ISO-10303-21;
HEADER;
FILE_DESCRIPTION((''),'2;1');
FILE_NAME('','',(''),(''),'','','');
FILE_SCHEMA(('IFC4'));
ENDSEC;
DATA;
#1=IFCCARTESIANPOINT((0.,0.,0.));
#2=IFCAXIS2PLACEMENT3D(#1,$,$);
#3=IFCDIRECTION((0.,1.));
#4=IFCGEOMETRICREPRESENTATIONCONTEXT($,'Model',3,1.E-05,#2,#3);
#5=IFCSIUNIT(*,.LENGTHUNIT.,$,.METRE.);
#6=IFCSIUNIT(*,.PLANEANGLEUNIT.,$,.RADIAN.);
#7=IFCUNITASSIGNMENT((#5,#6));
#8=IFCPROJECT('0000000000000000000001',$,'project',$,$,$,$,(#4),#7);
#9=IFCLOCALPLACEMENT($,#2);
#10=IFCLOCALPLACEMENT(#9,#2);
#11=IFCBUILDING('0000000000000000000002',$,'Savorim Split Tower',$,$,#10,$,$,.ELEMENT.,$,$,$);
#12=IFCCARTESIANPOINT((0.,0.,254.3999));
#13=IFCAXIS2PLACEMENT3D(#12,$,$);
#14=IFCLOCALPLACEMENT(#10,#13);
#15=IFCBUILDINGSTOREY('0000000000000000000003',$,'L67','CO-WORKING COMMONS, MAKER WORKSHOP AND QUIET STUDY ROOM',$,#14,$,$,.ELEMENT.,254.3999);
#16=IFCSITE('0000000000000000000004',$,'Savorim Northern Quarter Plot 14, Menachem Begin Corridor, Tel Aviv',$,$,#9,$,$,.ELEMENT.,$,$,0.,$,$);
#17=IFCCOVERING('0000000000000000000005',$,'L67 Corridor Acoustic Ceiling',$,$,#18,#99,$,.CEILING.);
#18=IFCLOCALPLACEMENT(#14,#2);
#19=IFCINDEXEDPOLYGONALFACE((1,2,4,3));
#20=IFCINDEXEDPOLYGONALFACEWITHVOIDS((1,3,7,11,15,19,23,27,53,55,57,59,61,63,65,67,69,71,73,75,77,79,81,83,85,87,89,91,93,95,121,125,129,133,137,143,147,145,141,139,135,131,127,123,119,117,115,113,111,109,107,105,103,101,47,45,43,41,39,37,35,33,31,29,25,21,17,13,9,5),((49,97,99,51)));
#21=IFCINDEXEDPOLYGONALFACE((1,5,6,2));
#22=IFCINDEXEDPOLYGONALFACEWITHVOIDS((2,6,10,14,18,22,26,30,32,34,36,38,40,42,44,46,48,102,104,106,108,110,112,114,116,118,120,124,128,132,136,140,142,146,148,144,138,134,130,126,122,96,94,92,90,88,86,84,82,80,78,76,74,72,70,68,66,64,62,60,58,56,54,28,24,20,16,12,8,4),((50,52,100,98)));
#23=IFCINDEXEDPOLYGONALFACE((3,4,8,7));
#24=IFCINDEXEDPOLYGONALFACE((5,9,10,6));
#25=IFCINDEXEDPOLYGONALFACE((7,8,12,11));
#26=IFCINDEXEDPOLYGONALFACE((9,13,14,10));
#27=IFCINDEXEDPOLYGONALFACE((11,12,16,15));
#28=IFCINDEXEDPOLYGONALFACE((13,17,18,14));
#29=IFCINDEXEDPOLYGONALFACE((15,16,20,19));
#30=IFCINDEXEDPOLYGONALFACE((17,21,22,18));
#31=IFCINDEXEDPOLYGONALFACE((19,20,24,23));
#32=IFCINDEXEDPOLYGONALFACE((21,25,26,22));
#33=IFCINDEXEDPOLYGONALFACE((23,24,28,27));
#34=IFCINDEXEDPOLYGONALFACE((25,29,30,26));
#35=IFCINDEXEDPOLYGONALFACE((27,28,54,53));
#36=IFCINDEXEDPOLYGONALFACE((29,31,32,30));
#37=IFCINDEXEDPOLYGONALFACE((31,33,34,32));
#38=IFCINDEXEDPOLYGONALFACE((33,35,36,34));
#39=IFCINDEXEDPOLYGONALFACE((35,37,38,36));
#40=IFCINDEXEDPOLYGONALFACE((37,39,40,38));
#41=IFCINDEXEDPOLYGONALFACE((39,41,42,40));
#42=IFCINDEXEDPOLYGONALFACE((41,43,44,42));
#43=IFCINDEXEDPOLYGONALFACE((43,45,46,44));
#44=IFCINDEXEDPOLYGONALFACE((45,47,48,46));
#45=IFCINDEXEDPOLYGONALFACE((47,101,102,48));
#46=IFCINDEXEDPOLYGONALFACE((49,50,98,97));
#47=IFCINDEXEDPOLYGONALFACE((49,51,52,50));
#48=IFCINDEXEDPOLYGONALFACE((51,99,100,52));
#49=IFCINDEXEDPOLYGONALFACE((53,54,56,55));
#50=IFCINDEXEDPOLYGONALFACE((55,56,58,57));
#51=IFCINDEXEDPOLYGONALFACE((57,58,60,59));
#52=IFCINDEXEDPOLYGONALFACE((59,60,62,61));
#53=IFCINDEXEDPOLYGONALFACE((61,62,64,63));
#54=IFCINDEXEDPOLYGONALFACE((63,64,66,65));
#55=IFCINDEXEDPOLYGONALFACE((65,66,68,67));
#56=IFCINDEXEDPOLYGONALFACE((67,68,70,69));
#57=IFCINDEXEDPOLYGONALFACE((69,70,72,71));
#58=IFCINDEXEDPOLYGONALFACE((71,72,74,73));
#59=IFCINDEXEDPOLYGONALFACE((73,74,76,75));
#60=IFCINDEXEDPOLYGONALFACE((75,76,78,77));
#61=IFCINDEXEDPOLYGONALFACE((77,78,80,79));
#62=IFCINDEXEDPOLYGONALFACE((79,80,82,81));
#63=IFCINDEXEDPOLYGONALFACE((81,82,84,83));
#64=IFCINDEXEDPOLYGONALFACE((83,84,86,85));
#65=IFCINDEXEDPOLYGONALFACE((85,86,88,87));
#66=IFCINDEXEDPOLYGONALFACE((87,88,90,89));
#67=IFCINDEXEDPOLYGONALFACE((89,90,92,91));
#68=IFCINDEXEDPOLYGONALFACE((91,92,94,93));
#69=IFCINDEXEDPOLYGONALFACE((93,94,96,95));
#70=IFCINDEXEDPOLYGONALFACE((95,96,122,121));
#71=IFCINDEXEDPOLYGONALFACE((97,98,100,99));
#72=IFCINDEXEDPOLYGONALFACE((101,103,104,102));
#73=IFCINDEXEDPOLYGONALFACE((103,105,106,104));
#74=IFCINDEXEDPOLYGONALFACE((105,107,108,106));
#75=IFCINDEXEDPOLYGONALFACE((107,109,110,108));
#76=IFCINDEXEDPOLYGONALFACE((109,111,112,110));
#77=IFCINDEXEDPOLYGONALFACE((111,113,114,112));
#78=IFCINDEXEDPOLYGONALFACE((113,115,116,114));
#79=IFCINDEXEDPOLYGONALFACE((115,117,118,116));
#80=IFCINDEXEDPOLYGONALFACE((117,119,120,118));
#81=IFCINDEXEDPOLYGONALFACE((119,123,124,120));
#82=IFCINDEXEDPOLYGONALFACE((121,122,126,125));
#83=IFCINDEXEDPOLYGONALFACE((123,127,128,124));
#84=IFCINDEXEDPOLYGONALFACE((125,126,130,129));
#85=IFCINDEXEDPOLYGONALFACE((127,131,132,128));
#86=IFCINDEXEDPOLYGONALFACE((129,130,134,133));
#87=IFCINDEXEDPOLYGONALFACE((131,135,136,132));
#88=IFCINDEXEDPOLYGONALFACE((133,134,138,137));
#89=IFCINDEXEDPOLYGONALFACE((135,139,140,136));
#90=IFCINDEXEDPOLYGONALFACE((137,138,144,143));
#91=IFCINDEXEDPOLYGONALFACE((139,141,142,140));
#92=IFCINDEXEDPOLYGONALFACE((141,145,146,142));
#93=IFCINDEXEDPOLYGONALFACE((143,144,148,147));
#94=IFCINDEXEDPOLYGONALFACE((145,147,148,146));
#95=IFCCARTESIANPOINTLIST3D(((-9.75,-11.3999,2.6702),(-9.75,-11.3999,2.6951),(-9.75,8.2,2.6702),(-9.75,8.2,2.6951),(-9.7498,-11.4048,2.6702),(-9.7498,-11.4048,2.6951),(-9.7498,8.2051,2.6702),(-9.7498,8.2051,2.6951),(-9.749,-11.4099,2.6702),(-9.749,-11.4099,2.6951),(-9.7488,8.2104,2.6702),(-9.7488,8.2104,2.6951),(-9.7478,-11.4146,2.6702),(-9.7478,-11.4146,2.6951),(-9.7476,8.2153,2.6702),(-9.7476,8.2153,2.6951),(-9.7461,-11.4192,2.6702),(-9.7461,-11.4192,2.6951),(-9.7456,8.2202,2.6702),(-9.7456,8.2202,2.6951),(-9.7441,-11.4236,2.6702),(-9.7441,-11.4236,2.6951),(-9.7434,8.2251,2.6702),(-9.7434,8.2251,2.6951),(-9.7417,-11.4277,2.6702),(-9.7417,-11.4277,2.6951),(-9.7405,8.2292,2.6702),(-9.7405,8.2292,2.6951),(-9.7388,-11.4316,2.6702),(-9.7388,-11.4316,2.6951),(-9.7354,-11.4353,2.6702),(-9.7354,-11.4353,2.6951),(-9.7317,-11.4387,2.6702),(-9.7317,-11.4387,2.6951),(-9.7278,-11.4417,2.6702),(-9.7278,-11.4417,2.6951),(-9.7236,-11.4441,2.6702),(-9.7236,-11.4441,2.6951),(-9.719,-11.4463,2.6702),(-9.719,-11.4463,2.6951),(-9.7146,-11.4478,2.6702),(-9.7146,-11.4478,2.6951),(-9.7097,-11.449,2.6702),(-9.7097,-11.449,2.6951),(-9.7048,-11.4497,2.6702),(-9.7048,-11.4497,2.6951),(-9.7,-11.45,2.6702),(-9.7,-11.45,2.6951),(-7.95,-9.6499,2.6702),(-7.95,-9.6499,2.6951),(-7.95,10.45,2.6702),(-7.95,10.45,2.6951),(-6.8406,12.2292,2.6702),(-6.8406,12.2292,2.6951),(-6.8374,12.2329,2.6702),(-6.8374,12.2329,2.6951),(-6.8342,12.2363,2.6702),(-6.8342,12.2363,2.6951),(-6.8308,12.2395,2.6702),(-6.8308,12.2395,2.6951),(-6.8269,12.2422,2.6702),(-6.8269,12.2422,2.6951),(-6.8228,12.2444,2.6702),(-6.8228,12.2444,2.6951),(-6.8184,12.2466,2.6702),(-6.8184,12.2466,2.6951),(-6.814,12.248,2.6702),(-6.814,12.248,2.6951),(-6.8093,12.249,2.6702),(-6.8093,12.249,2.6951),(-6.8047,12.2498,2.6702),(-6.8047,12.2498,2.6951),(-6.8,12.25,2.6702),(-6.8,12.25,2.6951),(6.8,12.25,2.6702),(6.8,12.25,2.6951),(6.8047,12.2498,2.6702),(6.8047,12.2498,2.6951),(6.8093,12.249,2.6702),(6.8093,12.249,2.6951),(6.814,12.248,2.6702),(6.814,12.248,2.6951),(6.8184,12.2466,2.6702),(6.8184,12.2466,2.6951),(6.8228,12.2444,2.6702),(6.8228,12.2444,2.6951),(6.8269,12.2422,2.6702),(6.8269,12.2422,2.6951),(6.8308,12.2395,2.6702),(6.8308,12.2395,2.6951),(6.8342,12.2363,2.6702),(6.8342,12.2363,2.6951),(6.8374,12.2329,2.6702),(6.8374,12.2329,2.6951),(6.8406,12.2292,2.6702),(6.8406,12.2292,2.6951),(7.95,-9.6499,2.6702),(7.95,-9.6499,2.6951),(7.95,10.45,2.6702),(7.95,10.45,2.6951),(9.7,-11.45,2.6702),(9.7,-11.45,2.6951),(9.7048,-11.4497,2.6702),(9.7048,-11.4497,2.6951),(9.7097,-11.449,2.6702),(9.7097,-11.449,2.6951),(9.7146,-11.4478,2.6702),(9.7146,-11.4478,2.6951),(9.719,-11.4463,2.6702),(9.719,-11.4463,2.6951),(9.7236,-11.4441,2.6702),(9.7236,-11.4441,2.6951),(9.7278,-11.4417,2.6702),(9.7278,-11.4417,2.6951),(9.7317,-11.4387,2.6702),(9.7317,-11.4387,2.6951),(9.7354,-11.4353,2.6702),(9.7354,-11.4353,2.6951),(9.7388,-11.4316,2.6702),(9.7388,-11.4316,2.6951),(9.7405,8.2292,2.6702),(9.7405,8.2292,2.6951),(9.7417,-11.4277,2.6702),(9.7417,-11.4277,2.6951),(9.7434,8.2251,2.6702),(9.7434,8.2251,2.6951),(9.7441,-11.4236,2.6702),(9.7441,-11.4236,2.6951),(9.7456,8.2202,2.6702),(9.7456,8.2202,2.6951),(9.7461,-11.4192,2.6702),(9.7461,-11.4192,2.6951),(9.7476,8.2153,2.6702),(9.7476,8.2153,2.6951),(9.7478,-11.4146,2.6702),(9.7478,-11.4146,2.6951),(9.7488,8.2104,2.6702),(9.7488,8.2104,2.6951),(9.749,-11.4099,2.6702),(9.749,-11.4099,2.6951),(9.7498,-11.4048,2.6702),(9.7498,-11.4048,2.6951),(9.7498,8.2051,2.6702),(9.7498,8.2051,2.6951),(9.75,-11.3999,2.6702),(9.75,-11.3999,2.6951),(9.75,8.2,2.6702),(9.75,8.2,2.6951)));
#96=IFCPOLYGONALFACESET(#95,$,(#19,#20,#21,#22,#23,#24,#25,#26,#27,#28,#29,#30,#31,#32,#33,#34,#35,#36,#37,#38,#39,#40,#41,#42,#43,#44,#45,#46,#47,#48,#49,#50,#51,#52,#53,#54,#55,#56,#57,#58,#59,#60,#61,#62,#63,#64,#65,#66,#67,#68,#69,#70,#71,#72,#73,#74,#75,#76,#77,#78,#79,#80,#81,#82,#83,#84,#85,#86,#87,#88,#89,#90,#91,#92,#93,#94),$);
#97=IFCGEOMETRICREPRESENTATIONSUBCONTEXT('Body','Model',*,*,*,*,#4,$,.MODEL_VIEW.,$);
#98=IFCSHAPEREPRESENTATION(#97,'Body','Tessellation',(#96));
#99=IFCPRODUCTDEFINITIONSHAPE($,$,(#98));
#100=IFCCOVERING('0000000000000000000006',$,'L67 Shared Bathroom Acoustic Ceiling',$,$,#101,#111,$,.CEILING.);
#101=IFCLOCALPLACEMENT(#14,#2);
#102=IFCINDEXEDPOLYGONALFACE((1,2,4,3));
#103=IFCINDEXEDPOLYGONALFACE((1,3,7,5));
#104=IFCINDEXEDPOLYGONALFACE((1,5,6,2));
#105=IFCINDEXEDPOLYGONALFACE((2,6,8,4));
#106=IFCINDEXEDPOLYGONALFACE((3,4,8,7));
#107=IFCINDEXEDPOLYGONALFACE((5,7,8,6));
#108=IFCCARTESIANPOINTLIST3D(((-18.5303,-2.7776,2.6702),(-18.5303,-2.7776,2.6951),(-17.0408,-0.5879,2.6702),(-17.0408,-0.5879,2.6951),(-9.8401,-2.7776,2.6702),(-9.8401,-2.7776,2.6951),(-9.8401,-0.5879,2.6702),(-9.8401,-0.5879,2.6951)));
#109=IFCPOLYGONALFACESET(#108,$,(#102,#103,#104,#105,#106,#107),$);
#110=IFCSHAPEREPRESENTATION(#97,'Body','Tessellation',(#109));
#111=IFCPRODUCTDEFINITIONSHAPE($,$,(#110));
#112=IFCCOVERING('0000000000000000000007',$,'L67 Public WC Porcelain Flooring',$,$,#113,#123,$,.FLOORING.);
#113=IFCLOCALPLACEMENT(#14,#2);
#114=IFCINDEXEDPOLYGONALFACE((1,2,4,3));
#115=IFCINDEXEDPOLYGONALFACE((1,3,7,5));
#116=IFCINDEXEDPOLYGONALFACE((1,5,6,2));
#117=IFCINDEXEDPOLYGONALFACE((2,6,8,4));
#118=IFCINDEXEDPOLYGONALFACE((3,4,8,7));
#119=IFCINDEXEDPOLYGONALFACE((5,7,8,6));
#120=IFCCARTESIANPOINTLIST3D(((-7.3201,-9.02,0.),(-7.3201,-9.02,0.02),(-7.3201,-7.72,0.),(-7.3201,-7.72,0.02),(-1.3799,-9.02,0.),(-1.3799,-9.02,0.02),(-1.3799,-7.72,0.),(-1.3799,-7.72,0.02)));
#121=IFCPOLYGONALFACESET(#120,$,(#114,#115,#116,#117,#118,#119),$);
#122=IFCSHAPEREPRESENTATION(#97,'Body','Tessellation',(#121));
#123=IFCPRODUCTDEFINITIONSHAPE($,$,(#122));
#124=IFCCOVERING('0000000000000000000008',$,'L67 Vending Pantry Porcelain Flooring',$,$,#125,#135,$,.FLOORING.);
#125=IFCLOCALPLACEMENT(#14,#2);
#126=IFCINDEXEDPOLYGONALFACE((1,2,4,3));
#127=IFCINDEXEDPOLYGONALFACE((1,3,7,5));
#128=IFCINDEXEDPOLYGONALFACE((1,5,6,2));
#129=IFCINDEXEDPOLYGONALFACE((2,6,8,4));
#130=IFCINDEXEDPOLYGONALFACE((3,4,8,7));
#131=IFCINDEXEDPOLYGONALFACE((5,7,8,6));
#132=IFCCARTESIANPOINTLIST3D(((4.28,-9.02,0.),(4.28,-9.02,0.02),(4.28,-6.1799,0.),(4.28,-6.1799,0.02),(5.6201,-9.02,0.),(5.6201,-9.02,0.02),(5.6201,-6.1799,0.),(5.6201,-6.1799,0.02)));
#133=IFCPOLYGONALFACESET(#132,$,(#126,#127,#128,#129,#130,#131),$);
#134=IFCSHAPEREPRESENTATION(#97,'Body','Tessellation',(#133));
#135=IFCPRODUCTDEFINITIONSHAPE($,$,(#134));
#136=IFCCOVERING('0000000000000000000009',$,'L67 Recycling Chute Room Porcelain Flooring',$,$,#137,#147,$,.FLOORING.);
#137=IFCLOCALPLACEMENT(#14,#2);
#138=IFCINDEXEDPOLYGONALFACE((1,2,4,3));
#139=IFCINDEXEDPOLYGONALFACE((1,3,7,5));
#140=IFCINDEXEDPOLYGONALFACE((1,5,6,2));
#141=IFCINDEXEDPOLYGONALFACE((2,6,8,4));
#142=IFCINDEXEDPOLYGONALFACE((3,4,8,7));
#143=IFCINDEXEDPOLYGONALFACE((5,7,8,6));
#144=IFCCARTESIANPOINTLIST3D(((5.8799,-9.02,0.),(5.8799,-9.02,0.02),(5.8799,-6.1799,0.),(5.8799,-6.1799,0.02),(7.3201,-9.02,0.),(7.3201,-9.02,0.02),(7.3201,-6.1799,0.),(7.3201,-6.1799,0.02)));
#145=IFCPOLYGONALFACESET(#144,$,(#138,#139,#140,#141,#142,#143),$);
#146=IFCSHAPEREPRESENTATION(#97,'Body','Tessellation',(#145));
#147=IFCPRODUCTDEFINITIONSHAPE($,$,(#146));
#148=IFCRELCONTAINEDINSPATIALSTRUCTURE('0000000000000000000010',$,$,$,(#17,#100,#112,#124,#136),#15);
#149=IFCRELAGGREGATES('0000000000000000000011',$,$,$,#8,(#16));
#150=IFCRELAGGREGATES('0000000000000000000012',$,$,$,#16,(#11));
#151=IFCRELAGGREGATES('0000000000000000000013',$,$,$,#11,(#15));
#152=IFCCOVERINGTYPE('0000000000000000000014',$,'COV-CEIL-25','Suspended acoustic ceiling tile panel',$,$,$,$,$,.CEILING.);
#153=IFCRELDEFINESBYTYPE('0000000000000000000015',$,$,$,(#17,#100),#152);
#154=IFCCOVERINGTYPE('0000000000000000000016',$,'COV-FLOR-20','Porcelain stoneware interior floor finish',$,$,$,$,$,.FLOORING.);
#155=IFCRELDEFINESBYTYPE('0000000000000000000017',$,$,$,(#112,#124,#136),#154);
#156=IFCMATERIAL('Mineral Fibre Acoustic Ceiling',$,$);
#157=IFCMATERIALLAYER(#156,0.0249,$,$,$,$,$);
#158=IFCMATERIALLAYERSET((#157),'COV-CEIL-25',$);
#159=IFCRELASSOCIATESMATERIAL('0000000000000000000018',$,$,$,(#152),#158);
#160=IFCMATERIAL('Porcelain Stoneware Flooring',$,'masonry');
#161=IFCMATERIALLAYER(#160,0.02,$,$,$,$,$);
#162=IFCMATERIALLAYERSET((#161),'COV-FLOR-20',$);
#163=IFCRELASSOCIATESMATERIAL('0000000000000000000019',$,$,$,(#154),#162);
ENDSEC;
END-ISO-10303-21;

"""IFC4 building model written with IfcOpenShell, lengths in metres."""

from ifc_helpers import new_model, si_unit, direction, frame, origin, place, context, subcontext, project, spatial, polyline, outline, extrude, material, layer, layer_set, type_object, element, save


model = new_model("IFC4")

# Units and contexts
model_context = context("Model", 3, precision=1e-05, world=origin(), true_north=direction((0.0, 1.0)))
body_context = subcontext(model_context, "Body", "Model", "MODEL_VIEW")
ifc_project = project(units=[si_unit("LENGTHUNIT", "METRE"), si_unit("PLANEANGLEUNIT", "RADIAN")], contexts=[model_context])

# Site, building, storey
site_placement = place(None, origin())
site = spatial("IfcSite", under=ifc_project, at=site_placement, Name="Savorim Northern Quarter Plot 14, Menachem Begin Corridor, Tel Aviv", CompositionType="ELEMENT", RefElevation=0.0)
building_placement = place(site_placement, origin())
building = spatial("IfcBuilding", under=site, at=building_placement, Name="Savorim Split Tower", CompositionType="ELEMENT")
storey_placement = place(building_placement, frame((0.0, 0.0, 254.3999)))
storey = spatial("IfcBuildingStorey", under=building, at=storey_placement, Name="L67", Description="CO-WORKING COMMONS, MAKER WORKSHOP AND QUIET STUDY ROOM", CompositionType="ELEMENT", Elevation=254.3999)

# Coverings
ifc_material_1 = material(Name="Mineral Fibre Acoustic Ceiling")
ifc_layer_1 = layer(ifc_material_1, 0.0249)
ifc_layer_set_1 = layer_set([ifc_layer_1], Name="COV-CEIL-25")
covering_type_1 = type_object("IfcCoveringType", Name="COV-CEIL-25", Description="Suspended acoustic ceiling tile panel", PredefinedType="CEILING", material=ifc_layer_set_1)
covering_1_placement = place(storey_placement, frame((0.0, 0.0, 2.6702)))
element("IfcCovering", 1, at=covering_1_placement, inside=storey, type_object=covering_type_1, Name="L67 Corridor Acoustic Ceiling", PredefinedType="CEILING", context=body_context, shape_type="SweptSolid", body=[
    extrude(outline(polyline([(6.8093, 12.249), (6.8047, 12.2498), (6.8, 12.25), (-6.8, 12.25), (-6.8047, 12.2498), (-6.8093, 12.249), (-6.814, 12.248), (-6.8184, 12.2466), (-6.8228, 12.2444), (-6.8269, 12.2422), (-6.8308, 12.2395), (-6.8342, 12.2363), (-6.8374, 12.2329), (-6.8406, 12.2292), (-9.7405, 8.2292), (-9.7434, 8.2251), (-9.7456, 8.2202), (-9.7476, 8.2153), (-9.7488, 8.2104), (-9.7498, 8.2051), (-9.75, 8.2), (-9.75, -11.3999), (-9.7498, -11.4048), (-9.749, -11.4099), (-9.7478, -11.4146), (-9.7461, -11.4192), (-9.7441, -11.4236), (-9.7417, -11.4277), (-9.7388, -11.4316), (-9.7354, -11.4353), (-9.7317, -11.4387), (-9.7278, -11.4417), (-9.7236, -11.4441), (-9.719, -11.4463), (-9.7146, -11.4478), (-9.7097, -11.449), (-9.7048, -11.4497), (-9.7, -11.45), (9.7, -11.45), (9.7048, -11.4497), (9.7097, -11.449), (9.7146, -11.4478), (9.719, -11.4463), (9.7236, -11.4441), (9.7278, -11.4417), (9.7317, -11.4387), (9.7354, -11.4353), (9.7388, -11.4316), (9.7417, -11.4277), (9.7441, -11.4236), (9.7461, -11.4192), (9.7478, -11.4146), (9.749, -11.4099), (9.7498, -11.4048), (9.75, -11.3999), (9.75, 8.2), (9.7498, 8.2051), (9.7488, 8.2104), (9.7476, 8.2153), (9.7456, 8.2202), (9.7434, 8.2251), (9.7405, 8.2292), (6.8406, 12.2292), (6.8374, 12.2329), (6.8342, 12.2363), (6.8308, 12.2395), (6.8269, 12.2422), (6.8228, 12.2444), (6.8184, 12.2466), (6.814, 12.248), (6.8093, 12.249)]), holes=[polyline([(-7.95, 10.45), (-7.95, -9.6499), (7.95, -9.6499), (7.95, 10.45), (-7.95, 10.45)])]), origin(), (0.0, 0.0, 1.0), 0.0249),
])
covering_2_placement = place(storey_placement, frame((0.0, 0.0, 2.6702)))
element("IfcCovering", 2, at=covering_2_placement, inside=storey, type_object=covering_type_1, Name="L67 Shared Bathroom Acoustic Ceiling", PredefinedType="CEILING", context=body_context, shape_type="SweptSolid", body=[
    extrude(outline(polyline([(-17.0408, -0.5879), (-18.5303, -2.7776), (-9.8401, -2.7776), (-9.8401, -0.5879), (-17.0408, -0.5879)])), origin(), (0.0, 0.0, 1.0), 0.0249),
])
ifc_material_2 = material(Name="Porcelain Stoneware Flooring", Category="masonry")
ifc_layer_2 = layer(ifc_material_2, 0.02)
ifc_layer_set_2 = layer_set([ifc_layer_2], Name="COV-FLOR-20")
covering_type_2 = type_object("IfcCoveringType", Name="COV-FLOR-20", Description="Porcelain stoneware interior floor finish", PredefinedType="FLOORING", material=ifc_layer_set_2)
covering_3_placement = place(storey_placement, origin())
element("IfcCovering", 3, at=covering_3_placement, inside=storey, type_object=covering_type_2, Name="L67 Public WC Porcelain Flooring", PredefinedType="FLOORING", context=body_context, shape_type="SweptSolid", body=[
    extrude(outline(polyline([(-7.3201, -7.72), (-7.3201, -9.02), (-1.3799, -9.02), (-1.3799, -7.72), (-7.3201, -7.72)])), origin(), (0.0, 0.0, 1.0), 0.02),
])
covering_4_placement = place(storey_placement, origin())
element("IfcCovering", 4, at=covering_4_placement, inside=storey, type_object=covering_type_2, Name="L67 Vending Pantry Porcelain Flooring", PredefinedType="FLOORING", context=body_context, shape_type="SweptSolid", body=[
    extrude(outline(polyline([(4.28, -6.1799), (4.28, -9.02), (5.6201, -9.02), (5.6201, -6.1799), (4.28, -6.1799)])), origin(), (0.0, 0.0, 1.0), 0.02),
])
covering_5_placement = place(storey_placement, origin())
element("IfcCovering", 5, at=covering_5_placement, inside=storey, type_object=covering_type_2, Name="L67 Recycling Chute Room Porcelain Flooring", PredefinedType="FLOORING", context=body_context, shape_type="SweptSolid", body=[
    extrude(outline(polyline([(5.8799, -6.1799), (5.8799, -9.02), (7.3201, -9.02), (7.3201, -6.1799), (5.8799, -6.1799)])), origin(), (0.0, 0.0, 1.0), 0.02),
])

save(model, "model.ifc")
